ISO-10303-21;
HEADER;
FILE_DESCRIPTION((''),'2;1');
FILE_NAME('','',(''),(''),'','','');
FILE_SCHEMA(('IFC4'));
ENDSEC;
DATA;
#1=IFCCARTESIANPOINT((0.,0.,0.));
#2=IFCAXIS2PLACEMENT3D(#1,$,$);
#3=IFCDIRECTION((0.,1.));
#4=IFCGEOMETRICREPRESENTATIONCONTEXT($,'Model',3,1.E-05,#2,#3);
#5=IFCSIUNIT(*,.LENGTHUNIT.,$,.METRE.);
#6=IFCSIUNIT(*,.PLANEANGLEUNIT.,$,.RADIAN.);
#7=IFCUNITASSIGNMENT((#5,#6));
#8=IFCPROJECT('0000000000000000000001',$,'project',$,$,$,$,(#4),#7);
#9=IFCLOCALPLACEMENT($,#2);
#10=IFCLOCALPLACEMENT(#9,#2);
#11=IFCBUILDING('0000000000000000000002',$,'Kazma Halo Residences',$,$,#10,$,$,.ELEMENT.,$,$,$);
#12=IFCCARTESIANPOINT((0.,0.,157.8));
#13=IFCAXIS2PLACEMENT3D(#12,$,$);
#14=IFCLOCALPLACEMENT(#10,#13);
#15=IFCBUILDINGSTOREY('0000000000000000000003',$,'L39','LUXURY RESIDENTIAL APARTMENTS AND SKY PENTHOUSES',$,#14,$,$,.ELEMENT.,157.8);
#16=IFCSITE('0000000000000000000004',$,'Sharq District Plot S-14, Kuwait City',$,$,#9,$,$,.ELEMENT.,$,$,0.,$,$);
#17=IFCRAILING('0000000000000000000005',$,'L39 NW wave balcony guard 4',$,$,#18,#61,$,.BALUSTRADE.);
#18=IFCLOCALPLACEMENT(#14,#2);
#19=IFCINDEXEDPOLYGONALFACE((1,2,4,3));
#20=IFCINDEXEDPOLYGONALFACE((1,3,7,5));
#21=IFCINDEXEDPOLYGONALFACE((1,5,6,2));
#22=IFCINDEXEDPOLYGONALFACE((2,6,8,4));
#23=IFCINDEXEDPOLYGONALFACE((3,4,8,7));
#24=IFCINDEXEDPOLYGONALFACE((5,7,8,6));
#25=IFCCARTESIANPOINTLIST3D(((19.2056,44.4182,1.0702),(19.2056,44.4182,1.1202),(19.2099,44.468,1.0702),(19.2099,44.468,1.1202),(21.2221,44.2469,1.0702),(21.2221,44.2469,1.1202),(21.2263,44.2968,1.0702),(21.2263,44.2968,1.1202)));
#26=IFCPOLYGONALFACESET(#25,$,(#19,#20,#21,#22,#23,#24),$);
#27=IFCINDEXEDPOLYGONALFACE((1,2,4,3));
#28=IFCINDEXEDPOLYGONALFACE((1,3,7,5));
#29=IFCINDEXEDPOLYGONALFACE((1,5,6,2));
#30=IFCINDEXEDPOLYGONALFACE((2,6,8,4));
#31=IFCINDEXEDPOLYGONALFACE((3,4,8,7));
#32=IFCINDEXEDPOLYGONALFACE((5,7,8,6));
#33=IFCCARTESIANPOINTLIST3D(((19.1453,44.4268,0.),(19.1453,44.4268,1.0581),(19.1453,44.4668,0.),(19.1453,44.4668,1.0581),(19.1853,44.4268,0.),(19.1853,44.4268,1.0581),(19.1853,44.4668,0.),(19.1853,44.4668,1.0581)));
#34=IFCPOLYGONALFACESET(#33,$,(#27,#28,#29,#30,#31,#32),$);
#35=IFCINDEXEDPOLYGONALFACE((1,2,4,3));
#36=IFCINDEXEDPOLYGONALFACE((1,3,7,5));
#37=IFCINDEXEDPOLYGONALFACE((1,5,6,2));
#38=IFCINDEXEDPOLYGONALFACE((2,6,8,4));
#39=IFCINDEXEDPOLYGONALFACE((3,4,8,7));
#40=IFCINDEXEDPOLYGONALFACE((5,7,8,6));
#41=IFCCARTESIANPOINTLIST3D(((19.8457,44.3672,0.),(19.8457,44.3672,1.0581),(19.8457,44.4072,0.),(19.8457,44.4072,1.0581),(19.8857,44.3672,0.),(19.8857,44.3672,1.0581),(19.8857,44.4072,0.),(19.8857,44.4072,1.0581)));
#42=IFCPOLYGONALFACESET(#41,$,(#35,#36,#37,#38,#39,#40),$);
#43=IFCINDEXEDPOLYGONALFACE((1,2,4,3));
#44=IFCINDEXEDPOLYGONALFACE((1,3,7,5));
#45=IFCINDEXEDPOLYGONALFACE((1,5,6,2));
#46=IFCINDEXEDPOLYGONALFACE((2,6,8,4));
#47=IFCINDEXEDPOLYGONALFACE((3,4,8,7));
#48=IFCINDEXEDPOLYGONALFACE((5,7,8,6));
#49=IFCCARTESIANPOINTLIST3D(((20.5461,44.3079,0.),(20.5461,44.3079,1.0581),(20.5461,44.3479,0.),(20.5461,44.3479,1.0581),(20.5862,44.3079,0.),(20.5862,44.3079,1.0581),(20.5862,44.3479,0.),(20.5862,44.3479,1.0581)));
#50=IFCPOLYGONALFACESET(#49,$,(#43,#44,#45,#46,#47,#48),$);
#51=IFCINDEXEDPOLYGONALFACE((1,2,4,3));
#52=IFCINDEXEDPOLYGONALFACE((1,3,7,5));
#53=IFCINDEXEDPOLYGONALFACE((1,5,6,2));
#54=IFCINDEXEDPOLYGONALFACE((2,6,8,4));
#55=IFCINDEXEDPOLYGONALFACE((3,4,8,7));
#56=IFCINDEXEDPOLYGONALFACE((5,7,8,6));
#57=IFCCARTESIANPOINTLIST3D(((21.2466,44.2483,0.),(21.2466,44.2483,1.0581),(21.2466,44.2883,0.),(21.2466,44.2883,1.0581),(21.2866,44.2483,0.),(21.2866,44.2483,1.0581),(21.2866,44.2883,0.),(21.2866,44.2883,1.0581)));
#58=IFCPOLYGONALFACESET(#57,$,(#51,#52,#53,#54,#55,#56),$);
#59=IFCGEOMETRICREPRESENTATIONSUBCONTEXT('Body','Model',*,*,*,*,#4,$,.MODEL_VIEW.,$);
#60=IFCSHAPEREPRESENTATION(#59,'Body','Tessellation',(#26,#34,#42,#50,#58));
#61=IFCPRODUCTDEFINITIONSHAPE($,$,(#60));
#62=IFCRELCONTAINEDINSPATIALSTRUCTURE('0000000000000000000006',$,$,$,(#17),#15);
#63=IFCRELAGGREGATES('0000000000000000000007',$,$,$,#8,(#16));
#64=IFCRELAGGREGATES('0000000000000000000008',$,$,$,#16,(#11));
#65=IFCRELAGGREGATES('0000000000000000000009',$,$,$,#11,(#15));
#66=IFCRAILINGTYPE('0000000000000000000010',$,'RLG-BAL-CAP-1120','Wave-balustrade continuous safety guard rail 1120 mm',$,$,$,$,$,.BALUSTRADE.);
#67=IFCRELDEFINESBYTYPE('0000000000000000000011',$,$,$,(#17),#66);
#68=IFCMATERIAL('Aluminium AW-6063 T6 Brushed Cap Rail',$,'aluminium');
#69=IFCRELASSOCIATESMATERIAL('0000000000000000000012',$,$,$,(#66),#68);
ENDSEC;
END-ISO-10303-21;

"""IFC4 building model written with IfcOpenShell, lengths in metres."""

from ifc_helpers import new_model, si_unit, direction, frame, origin, origin_2d, place, context, subcontext, project, spatial, rectangle, extrude, material, type_object, element, save


model = new_model("IFC4")

# Units and contexts
model_context = context("Model", 3, precision=1e-05, world=origin(), true_north=direction((0.0, 1.0)))
body_context = subcontext(model_context, "Body", "Model", "MODEL_VIEW")
ifc_project = project(units=[si_unit("LENGTHUNIT", "METRE"), si_unit("PLANEANGLEUNIT", "RADIAN")], contexts=[model_context])

# Site, building, storey
site_placement = place(None, origin())
site = spatial("IfcSite", under=ifc_project, at=site_placement, Name="Sharq District Plot S-14, Kuwait City", CompositionType="ELEMENT", RefElevation=0.0)
building_placement = place(site_placement, origin())
building = spatial("IfcBuilding", under=site, at=building_placement, Name="Kazma Halo Residences", CompositionType="ELEMENT")
storey_placement = place(building_placement, frame((0.0, 0.0, 157.8)))
storey = spatial("IfcBuildingStorey", under=building, at=storey_placement, Name="L39", Description="LUXURY RESIDENTIAL APARTMENTS AND SKY PENTHOUSES", CompositionType="ELEMENT", Elevation=157.8)

# Railing
ifc_material_1 = material(Name="Aluminium AW-6063 T6 Brushed Cap Rail", Category="aluminium")
railing_type = type_object("IfcRailingType", Name="RLG-BAL-CAP-1120", Description="Wave-balustrade continuous safety guard rail 1120 mm", PredefinedType="BALUSTRADE", material=ifc_material_1)
railing_placement = place(storey_placement, frame((19.1653, 44.4468, 0.0)))
element("IfcRailing", 1, at=railing_placement, inside=storey, type_object=railing_type, Name="L39 NW wave balcony guard 4", PredefinedType="BALUSTRADE", context=body_context, shape_type="SweptSolid", body=[
    extrude(rectangle(XDim=0.05, YDim=0.05, at=origin_2d()), frame((0.0425, -0.0037, 1.0952), z_axis=(0.996413, -0.084626, 0.0), x_axis=(0.084626, 0.996413, 0.0)), (0.0, 0.0, 1.0), 2.0237),
    extrude(rectangle(XDim=0.04, YDim=0.04, at=origin_2d()), origin(), (0.0, 0.0, 1.0), 1.0581),
    extrude(rectangle(XDim=0.04, YDim=0.04, at=origin_2d()), frame((0.7004, -0.0596, 0.0)), (0.0, 0.0, 1.0), 1.0581),
    extrude(rectangle(XDim=0.04, YDim=0.04, at=origin_2d()), frame((1.4009, -0.1189, 0.0)), (0.0, 0.0, 1.0), 1.0581),
    extrude(rectangle(XDim=0.04, YDim=0.04, at=origin_2d()), frame((2.1013, -0.1785, 0.0)), (0.0, 0.0, 1.0), 1.0581),
])

save(model, "model.ifc")
